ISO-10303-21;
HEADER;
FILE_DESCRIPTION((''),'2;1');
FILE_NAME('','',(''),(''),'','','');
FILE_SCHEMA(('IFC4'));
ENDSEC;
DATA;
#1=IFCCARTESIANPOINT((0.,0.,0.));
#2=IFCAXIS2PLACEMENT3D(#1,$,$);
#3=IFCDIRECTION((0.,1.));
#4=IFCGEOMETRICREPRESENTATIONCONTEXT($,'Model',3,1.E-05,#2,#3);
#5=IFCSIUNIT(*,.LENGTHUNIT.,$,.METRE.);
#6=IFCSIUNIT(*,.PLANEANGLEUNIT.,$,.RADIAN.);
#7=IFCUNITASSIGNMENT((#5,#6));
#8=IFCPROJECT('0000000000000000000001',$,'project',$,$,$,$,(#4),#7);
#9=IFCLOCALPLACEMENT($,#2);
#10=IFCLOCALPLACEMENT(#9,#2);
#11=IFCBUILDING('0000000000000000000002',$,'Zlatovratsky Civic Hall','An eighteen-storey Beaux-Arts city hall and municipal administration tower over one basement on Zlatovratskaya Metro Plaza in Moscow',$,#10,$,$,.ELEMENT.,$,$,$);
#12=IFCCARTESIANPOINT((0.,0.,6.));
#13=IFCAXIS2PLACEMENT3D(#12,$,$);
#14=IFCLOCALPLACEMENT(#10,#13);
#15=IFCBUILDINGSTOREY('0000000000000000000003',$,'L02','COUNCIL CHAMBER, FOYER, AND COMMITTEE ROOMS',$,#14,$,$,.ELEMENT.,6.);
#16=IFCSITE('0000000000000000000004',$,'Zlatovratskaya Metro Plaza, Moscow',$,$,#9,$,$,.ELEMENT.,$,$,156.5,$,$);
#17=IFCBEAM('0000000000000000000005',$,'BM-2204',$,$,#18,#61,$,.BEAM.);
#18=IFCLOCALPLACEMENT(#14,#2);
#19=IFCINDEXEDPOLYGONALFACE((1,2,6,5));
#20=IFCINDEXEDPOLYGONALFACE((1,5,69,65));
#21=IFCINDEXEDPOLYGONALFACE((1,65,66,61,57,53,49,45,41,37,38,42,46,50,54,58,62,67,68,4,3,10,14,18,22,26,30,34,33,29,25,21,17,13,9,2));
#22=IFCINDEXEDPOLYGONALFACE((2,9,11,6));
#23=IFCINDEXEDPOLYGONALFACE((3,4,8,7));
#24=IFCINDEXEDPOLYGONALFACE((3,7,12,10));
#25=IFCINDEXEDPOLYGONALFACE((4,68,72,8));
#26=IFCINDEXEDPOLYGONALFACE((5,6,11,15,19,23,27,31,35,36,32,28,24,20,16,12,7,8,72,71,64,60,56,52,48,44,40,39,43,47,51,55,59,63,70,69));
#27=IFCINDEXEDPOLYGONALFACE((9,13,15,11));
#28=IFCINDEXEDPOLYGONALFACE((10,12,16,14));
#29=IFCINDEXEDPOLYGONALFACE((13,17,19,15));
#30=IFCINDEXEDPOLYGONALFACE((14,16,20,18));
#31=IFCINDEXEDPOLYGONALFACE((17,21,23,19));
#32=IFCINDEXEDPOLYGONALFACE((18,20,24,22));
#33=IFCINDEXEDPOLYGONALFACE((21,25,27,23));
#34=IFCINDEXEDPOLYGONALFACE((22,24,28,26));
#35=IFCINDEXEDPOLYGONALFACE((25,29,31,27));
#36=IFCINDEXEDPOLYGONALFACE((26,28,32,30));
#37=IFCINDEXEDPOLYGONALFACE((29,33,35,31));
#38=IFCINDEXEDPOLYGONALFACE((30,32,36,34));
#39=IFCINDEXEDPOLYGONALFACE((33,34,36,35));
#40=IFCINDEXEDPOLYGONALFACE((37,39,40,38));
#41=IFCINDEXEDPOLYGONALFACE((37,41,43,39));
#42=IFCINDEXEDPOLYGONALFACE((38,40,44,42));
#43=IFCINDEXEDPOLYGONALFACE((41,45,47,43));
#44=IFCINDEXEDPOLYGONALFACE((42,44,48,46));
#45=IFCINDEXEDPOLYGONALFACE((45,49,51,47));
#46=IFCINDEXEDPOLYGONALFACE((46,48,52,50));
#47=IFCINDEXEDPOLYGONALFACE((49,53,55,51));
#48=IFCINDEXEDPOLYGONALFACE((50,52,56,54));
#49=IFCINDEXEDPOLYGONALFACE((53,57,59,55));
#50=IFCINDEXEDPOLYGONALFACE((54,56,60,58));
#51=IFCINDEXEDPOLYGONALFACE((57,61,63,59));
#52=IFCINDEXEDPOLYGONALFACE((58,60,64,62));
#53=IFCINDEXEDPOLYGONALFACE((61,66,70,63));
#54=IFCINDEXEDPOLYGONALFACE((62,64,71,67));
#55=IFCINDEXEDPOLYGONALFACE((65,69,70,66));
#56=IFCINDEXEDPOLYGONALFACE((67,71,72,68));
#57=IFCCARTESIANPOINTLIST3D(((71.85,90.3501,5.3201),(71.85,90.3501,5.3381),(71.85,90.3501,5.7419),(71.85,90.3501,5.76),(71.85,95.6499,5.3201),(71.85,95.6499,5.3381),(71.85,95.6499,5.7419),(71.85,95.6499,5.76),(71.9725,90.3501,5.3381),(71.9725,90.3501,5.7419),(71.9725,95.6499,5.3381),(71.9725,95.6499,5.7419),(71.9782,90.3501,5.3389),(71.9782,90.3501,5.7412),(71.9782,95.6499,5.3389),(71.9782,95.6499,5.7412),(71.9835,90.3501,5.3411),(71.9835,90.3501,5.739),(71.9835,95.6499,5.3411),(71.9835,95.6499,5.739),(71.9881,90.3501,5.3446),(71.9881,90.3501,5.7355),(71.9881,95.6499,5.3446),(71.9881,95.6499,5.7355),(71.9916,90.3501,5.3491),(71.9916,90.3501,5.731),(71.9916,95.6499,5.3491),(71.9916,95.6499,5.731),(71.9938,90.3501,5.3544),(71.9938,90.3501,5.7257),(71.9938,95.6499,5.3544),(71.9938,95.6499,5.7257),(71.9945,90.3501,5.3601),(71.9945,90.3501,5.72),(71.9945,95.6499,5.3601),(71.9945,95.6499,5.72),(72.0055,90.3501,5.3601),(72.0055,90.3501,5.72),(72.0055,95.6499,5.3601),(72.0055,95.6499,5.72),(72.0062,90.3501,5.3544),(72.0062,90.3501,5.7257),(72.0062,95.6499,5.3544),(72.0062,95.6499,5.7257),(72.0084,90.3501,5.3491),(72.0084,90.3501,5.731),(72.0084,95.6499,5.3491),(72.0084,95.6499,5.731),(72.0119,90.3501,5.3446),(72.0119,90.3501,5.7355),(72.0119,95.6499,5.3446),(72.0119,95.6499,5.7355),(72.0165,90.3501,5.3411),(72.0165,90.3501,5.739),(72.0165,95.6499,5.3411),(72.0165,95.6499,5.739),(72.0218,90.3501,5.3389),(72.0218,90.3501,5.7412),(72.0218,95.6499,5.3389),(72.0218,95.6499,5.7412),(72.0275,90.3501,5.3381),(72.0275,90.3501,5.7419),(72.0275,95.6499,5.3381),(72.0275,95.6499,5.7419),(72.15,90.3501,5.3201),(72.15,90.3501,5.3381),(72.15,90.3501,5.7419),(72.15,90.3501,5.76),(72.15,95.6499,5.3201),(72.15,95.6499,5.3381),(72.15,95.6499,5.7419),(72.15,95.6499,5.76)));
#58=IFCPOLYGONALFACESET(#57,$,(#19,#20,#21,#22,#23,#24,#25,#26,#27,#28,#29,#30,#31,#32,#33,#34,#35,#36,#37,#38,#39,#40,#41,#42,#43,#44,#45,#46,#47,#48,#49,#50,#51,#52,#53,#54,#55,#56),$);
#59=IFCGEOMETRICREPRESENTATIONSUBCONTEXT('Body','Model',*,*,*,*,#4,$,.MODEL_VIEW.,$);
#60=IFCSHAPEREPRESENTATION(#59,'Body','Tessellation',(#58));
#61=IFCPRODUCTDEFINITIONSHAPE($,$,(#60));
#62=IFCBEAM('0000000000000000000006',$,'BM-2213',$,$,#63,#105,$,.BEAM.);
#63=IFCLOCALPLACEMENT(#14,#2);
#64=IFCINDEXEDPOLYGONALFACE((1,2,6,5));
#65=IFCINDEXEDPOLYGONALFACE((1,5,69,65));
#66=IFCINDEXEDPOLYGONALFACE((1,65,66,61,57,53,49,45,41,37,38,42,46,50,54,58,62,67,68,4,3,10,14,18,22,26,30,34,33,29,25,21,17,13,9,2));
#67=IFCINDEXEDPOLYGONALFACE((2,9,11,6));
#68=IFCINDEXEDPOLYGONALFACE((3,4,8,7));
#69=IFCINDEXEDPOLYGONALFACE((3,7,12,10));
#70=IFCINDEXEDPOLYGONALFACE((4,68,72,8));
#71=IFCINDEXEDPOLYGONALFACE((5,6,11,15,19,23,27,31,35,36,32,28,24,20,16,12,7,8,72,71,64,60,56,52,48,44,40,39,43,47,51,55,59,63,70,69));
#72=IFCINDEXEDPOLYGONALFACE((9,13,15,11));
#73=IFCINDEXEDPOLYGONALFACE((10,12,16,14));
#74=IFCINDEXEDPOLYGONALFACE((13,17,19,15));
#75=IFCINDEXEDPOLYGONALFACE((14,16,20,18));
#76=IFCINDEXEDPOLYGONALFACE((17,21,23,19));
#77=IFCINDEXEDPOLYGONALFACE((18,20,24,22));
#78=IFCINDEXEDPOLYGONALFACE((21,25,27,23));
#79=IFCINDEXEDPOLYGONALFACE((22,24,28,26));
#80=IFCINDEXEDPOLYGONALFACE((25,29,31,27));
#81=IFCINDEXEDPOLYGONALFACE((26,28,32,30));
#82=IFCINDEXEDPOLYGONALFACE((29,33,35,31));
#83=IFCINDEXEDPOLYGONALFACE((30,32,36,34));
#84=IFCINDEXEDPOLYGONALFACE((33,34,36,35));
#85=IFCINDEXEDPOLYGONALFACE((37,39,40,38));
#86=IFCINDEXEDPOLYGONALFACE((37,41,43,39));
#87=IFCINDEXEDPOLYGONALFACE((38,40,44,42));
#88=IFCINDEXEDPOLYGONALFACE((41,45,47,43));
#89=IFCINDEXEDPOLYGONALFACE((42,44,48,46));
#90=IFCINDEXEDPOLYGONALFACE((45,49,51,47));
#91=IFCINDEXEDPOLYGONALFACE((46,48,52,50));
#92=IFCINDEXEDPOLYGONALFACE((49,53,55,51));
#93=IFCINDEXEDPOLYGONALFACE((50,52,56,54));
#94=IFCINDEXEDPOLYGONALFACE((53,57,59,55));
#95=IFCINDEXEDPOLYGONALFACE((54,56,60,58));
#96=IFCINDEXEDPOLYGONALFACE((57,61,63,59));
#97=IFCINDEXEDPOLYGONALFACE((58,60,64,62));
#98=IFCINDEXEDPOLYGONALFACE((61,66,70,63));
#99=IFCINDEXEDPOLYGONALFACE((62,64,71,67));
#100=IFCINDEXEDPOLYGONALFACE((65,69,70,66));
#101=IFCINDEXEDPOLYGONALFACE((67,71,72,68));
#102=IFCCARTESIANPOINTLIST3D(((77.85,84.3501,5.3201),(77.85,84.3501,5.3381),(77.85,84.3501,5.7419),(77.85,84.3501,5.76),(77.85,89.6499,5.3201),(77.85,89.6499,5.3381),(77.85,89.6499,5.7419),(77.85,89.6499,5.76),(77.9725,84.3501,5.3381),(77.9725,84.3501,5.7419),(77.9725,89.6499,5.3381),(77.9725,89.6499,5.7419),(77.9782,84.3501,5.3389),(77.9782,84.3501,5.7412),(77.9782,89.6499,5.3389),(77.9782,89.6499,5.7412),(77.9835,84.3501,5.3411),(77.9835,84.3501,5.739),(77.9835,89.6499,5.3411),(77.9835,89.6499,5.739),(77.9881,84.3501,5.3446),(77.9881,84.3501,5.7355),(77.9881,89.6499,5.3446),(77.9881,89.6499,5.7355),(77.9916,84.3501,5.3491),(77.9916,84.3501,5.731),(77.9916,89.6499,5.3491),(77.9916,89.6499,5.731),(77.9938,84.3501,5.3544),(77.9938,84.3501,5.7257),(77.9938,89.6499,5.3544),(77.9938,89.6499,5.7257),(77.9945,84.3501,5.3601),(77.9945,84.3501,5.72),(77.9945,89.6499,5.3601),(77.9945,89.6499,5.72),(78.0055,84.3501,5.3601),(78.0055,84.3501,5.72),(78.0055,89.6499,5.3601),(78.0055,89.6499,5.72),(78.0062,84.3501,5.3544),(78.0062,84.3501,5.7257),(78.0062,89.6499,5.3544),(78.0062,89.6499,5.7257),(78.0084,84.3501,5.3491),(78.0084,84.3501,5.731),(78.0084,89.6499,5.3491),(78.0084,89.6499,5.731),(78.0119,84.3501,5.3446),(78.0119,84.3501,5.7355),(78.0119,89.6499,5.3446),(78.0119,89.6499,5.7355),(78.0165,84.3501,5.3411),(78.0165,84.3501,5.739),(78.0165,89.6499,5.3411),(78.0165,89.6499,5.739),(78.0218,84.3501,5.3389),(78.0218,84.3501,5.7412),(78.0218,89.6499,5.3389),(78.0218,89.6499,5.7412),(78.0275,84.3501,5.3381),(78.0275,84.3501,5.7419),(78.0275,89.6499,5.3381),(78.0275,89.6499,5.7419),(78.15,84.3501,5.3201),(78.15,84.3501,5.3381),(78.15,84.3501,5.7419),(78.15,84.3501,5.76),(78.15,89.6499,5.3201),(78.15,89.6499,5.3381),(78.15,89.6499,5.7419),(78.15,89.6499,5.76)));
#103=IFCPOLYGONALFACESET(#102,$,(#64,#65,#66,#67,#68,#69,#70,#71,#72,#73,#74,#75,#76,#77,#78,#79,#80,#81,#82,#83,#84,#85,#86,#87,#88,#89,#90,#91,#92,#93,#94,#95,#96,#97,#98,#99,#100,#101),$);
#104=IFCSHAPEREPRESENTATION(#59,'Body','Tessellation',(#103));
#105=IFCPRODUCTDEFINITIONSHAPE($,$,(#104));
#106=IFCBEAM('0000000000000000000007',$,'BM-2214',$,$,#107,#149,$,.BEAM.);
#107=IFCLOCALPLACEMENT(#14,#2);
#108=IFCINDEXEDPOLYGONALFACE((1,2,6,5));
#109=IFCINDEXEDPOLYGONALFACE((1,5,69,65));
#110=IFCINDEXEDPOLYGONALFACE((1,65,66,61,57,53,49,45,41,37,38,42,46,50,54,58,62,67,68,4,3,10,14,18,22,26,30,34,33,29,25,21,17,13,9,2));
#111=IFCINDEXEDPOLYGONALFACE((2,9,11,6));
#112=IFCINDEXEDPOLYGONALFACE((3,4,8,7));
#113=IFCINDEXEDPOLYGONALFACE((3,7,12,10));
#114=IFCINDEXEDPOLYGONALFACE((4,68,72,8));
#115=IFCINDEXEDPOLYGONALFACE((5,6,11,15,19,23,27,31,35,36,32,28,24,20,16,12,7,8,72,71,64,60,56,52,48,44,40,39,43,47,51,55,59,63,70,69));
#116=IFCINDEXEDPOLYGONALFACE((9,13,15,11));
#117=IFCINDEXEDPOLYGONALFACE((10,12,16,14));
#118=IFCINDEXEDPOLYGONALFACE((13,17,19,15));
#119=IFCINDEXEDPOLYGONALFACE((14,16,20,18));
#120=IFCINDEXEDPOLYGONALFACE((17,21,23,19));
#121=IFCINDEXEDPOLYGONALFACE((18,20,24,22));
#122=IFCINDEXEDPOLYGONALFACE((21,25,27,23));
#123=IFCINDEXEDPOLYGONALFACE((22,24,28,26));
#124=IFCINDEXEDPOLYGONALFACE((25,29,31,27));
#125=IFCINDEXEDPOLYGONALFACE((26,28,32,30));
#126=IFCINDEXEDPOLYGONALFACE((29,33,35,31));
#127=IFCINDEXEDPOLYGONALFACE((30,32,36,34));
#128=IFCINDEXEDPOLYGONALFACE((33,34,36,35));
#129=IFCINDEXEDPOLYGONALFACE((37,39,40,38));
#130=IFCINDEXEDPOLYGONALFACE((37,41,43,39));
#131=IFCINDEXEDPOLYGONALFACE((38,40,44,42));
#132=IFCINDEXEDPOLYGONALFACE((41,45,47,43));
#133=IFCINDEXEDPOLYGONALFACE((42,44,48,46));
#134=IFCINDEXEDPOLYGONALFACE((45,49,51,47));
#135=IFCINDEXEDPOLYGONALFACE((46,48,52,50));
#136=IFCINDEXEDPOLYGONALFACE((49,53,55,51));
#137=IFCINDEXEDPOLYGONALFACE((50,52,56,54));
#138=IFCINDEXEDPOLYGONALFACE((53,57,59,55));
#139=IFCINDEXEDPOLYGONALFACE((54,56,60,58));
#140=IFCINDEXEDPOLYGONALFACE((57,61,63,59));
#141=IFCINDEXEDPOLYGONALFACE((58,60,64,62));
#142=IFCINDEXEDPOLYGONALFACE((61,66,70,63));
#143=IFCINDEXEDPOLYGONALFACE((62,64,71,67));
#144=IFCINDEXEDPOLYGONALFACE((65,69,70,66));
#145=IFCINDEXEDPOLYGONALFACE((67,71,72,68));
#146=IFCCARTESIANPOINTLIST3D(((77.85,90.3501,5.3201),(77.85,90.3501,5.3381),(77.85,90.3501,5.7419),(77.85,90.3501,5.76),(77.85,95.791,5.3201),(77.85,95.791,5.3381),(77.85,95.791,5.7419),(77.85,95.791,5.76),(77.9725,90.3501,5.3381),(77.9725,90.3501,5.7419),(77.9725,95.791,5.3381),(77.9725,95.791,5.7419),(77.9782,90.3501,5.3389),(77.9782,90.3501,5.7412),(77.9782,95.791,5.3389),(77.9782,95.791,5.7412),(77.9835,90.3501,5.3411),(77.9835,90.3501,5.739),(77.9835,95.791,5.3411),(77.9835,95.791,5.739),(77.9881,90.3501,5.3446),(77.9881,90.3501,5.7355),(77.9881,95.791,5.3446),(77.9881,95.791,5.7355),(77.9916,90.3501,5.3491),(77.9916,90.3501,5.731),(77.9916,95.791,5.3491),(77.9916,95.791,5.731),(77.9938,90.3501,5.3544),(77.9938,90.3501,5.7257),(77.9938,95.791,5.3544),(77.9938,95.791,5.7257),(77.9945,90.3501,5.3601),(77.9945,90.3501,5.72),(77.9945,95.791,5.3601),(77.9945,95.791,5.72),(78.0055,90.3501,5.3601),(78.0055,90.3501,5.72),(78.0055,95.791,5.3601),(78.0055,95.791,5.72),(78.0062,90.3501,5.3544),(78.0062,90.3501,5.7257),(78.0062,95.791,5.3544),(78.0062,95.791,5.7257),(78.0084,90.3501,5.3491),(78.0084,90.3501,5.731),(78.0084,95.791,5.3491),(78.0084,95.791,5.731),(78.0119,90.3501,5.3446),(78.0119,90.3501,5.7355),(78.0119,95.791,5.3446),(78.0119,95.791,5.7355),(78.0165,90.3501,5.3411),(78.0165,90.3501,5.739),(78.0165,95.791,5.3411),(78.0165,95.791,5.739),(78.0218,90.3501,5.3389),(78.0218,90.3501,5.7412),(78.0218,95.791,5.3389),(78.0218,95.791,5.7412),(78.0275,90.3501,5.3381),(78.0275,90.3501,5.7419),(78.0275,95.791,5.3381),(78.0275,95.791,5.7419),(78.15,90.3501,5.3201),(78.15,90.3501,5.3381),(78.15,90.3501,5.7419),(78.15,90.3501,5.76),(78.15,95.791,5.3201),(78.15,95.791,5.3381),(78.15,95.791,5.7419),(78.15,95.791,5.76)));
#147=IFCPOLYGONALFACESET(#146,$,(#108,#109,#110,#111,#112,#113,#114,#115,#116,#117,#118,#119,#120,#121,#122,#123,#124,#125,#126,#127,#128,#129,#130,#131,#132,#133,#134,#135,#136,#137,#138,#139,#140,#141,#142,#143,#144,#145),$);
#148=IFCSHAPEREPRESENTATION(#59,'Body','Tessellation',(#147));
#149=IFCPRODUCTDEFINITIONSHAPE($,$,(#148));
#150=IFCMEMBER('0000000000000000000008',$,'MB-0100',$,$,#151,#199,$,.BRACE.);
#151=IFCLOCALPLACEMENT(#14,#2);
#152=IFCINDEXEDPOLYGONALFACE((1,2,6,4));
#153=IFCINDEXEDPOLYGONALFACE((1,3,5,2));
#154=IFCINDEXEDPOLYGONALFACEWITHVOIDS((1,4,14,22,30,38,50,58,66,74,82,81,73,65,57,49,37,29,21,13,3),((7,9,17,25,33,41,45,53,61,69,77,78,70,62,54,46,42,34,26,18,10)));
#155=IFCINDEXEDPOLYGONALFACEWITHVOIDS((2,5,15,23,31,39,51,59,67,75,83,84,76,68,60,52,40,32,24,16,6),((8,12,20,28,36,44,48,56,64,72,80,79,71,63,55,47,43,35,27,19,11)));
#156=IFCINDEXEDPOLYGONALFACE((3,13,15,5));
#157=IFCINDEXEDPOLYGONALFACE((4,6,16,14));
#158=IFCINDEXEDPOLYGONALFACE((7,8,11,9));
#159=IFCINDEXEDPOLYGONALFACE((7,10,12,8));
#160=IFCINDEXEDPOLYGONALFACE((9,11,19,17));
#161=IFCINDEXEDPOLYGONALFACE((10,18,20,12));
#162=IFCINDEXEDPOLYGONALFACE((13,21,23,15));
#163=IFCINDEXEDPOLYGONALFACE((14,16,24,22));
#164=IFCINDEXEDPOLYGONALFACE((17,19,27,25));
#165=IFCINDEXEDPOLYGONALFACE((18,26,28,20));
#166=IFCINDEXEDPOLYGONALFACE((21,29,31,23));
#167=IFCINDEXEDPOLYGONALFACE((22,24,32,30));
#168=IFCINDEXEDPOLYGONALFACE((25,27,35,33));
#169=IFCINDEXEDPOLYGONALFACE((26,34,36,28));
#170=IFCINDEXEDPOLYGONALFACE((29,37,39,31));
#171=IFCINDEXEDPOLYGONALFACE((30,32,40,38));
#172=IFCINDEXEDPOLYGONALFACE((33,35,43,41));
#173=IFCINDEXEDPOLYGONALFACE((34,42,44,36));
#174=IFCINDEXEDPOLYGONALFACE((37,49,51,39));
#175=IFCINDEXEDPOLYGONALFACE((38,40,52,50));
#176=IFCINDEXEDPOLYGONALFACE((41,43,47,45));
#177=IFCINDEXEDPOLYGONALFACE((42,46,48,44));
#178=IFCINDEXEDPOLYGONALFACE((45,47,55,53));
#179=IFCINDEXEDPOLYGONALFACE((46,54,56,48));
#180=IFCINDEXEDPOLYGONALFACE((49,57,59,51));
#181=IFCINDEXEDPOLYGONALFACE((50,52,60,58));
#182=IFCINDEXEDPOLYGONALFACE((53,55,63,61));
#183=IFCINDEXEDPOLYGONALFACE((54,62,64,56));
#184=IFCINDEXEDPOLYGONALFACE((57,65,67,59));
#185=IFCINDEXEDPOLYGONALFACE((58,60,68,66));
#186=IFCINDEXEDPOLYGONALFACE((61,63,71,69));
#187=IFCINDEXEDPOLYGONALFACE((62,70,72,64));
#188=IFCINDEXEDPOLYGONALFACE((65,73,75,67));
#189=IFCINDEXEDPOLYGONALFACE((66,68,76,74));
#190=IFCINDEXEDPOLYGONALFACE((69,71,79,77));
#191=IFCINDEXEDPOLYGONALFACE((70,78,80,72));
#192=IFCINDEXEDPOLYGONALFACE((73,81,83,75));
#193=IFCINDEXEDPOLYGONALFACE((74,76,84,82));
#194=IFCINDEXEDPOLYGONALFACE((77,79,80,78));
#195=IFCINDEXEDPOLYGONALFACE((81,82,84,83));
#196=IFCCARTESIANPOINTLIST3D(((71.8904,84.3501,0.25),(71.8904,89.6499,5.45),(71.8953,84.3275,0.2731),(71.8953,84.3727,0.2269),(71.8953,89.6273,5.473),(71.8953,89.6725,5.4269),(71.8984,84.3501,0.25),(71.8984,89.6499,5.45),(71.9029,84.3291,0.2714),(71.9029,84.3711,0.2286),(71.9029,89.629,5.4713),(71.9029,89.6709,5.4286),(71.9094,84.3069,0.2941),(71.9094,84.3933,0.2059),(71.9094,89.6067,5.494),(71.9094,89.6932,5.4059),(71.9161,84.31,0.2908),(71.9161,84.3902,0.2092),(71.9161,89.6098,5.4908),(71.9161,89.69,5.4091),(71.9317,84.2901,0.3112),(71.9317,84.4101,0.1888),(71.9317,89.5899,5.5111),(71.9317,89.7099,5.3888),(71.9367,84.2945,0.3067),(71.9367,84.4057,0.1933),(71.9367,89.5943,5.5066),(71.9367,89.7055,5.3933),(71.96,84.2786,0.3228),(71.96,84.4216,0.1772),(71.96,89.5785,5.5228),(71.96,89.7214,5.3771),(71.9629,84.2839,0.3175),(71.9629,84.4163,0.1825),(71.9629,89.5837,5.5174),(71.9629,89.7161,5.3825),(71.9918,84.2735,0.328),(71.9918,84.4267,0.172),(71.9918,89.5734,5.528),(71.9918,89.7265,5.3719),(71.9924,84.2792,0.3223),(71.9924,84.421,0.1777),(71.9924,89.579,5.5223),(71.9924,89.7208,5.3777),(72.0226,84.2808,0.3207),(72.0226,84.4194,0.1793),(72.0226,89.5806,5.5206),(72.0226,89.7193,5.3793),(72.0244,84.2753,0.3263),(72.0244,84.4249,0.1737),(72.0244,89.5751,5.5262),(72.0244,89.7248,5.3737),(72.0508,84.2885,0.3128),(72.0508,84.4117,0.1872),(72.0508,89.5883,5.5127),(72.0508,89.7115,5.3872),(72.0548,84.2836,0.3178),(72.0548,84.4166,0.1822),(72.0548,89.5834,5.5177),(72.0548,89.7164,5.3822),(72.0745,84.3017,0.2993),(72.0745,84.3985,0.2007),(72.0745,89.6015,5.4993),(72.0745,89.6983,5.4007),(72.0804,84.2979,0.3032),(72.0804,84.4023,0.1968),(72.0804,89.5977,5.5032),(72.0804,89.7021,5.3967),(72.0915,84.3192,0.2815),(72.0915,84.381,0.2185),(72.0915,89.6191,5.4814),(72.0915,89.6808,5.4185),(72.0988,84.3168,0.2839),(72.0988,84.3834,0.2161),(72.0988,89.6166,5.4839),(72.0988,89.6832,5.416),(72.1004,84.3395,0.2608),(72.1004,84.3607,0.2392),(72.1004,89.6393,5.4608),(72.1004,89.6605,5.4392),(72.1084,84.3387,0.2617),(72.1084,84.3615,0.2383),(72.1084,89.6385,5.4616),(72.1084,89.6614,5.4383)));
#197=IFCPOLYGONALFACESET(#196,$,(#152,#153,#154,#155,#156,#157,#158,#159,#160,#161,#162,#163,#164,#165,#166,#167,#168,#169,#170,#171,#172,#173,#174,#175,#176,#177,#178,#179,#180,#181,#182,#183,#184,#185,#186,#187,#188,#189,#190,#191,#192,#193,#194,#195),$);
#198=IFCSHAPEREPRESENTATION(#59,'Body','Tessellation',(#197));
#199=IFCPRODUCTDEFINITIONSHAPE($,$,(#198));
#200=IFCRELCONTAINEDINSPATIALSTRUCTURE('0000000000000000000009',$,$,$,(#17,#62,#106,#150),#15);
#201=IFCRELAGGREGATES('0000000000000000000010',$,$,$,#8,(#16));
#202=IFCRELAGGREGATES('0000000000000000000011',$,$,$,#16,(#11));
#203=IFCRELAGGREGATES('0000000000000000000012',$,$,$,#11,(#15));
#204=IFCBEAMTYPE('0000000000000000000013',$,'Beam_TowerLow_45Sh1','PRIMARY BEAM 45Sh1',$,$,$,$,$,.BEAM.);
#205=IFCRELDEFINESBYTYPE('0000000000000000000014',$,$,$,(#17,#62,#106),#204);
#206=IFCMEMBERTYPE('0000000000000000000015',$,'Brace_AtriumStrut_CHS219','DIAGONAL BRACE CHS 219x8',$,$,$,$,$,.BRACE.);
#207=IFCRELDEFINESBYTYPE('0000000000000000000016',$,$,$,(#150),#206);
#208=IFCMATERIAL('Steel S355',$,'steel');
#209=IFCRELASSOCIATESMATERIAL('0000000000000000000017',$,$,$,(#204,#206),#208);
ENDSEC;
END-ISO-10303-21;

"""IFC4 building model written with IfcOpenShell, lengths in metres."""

from ifc_helpers import new_model, si_unit, direction, frame, origin, origin_2d, place, context, subcontext, project, spatial, hollow_circle, i_section, extrude, material, material_profile, profile_set, type_object, element, save


model = new_model("IFC4")

# Units and contexts
model_context = context("Model", 3, precision=1e-05, world=origin(), true_north=direction((0.0, 1.0)))
body_context = subcontext(model_context, "Body", "Model", "MODEL_VIEW")
ifc_project = project(units=[si_unit("LENGTHUNIT", "METRE"), si_unit("PLANEANGLEUNIT", "RADIAN")], contexts=[model_context])

# Site, building, storey
site_placement = place(None, origin())
site = spatial("IfcSite", under=ifc_project, at=site_placement, Name="Zlatovratskaya Metro Plaza, Moscow", CompositionType="ELEMENT", RefElevation=156.5)
building_placement = place(site_placement, origin())
building = spatial("IfcBuilding", under=site, at=building_placement, Name="Zlatovratsky Civic Hall", Description="An eighteen-storey Beaux-Arts city hall and municipal administration tower over one basement on Zlatovratskaya Metro Plaza in Moscow", CompositionType="ELEMENT")
storey_placement = place(building_placement, frame((0.0, 0.0, 6.0)))
storey = spatial("IfcBuildingStorey", under=building, at=storey_placement, Name="L02", Description="COUNCIL CHAMBER, FOYER, AND COMMITTEE ROOMS", CompositionType="ELEMENT", Elevation=6.0)

# Beams
ifc_material_1 = material(Name="Steel S355", Category="steel")
ifc_material_profile_1 = material_profile(ifc_material_1, i_section(OverallWidth=0.3, OverallDepth=0.4399, WebThickness=0.011, FlangeThickness=0.0181, FilletRadius=0.022, at=origin_2d()), Name="45Sh1")
ifc_profile_set_1 = profile_set([ifc_material_profile_1], Name="Steel S355")
beam_type_1 = type_object("IfcBeamType", Name="Beam_TowerLow_45Sh1", Description="PRIMARY BEAM 45Sh1", PredefinedType="BEAM", material=ifc_profile_set_1)
for number, where, z_axis, x_axis, name in (
    (1, (72.0, 90.3501, 5.54), (0.0, 1.0, 0.0), (-1.0, 0.0, 0.0), "BM-2204"),
    (2, (78.0, 84.3501, 5.54), (0.0, 1.0, 0.0), (-1.0, 0.0, 0.0), "BM-2213"),
):
    element("IfcBeam", number, at=place(storey_placement, frame(where, z_axis=z_axis, x_axis=x_axis)), inside=storey, type_object=beam_type_1, Name=name, PredefinedType="BEAM", context=body_context, shape_type="SweptSolid", body=[
        extrude(i_section(OverallWidth=0.3, OverallDepth=0.4399, WebThickness=0.011, FlangeThickness=0.0181, FilletRadius=0.022, at=origin_2d()), origin(), (0.0, 0.0, 1.0), 5.2998),
    ])
beam_1_placement = place(storey_placement, frame((78.0, 90.3501, 5.54), z_axis=(0.0, 1.0, 0.0), x_axis=(-1.0, 0.0, 0.0)))
element("IfcBeam", 3, at=beam_1_placement, inside=storey, type_object=beam_type_1, Name="BM-2214", PredefinedType="BEAM", context=body_context, shape_type="SweptSolid", body=[
    extrude(i_section(OverallWidth=0.3, OverallDepth=0.4399, WebThickness=0.011, FlangeThickness=0.0181, FilletRadius=0.022, at=origin_2d()), origin(), (0.0, 0.0, 1.0), 5.4409),
])

# Member
ifc_material_profile_2 = material_profile(ifc_material_1, hollow_circle(Radius=0.1096, WallThickness=0.0081, at=origin_2d()), Name="CHS 219x8")
ifc_profile_set_2 = profile_set([ifc_material_profile_2], Name="Steel S355")
member_type_1 = type_object("IfcMemberType", Name="Brace_AtriumStrut_CHS219", Description="DIAGONAL BRACE CHS 219x8", PredefinedType="BRACE", material=ifc_profile_set_2)
member_1_placement = place(storey_placement, frame((72.0, 84.3501, 0.25), z_axis=(0.0, 0.713799, 0.70035), x_axis=(-1.0, 0.0, 0.0)))
element("IfcMember", 4, at=member_1_placement, inside=storey, type_object=member_type_1, Name="MB-0100", PredefinedType="BRACE", context=body_context, shape_type="SweptSolid", body=[
    extrude(hollow_circle(Radius=0.1096, WallThickness=0.0081, at=origin_2d()), origin(), (0.0, 0.0, 1.0), 7.4248),
])

save(model, "model.ifc")
